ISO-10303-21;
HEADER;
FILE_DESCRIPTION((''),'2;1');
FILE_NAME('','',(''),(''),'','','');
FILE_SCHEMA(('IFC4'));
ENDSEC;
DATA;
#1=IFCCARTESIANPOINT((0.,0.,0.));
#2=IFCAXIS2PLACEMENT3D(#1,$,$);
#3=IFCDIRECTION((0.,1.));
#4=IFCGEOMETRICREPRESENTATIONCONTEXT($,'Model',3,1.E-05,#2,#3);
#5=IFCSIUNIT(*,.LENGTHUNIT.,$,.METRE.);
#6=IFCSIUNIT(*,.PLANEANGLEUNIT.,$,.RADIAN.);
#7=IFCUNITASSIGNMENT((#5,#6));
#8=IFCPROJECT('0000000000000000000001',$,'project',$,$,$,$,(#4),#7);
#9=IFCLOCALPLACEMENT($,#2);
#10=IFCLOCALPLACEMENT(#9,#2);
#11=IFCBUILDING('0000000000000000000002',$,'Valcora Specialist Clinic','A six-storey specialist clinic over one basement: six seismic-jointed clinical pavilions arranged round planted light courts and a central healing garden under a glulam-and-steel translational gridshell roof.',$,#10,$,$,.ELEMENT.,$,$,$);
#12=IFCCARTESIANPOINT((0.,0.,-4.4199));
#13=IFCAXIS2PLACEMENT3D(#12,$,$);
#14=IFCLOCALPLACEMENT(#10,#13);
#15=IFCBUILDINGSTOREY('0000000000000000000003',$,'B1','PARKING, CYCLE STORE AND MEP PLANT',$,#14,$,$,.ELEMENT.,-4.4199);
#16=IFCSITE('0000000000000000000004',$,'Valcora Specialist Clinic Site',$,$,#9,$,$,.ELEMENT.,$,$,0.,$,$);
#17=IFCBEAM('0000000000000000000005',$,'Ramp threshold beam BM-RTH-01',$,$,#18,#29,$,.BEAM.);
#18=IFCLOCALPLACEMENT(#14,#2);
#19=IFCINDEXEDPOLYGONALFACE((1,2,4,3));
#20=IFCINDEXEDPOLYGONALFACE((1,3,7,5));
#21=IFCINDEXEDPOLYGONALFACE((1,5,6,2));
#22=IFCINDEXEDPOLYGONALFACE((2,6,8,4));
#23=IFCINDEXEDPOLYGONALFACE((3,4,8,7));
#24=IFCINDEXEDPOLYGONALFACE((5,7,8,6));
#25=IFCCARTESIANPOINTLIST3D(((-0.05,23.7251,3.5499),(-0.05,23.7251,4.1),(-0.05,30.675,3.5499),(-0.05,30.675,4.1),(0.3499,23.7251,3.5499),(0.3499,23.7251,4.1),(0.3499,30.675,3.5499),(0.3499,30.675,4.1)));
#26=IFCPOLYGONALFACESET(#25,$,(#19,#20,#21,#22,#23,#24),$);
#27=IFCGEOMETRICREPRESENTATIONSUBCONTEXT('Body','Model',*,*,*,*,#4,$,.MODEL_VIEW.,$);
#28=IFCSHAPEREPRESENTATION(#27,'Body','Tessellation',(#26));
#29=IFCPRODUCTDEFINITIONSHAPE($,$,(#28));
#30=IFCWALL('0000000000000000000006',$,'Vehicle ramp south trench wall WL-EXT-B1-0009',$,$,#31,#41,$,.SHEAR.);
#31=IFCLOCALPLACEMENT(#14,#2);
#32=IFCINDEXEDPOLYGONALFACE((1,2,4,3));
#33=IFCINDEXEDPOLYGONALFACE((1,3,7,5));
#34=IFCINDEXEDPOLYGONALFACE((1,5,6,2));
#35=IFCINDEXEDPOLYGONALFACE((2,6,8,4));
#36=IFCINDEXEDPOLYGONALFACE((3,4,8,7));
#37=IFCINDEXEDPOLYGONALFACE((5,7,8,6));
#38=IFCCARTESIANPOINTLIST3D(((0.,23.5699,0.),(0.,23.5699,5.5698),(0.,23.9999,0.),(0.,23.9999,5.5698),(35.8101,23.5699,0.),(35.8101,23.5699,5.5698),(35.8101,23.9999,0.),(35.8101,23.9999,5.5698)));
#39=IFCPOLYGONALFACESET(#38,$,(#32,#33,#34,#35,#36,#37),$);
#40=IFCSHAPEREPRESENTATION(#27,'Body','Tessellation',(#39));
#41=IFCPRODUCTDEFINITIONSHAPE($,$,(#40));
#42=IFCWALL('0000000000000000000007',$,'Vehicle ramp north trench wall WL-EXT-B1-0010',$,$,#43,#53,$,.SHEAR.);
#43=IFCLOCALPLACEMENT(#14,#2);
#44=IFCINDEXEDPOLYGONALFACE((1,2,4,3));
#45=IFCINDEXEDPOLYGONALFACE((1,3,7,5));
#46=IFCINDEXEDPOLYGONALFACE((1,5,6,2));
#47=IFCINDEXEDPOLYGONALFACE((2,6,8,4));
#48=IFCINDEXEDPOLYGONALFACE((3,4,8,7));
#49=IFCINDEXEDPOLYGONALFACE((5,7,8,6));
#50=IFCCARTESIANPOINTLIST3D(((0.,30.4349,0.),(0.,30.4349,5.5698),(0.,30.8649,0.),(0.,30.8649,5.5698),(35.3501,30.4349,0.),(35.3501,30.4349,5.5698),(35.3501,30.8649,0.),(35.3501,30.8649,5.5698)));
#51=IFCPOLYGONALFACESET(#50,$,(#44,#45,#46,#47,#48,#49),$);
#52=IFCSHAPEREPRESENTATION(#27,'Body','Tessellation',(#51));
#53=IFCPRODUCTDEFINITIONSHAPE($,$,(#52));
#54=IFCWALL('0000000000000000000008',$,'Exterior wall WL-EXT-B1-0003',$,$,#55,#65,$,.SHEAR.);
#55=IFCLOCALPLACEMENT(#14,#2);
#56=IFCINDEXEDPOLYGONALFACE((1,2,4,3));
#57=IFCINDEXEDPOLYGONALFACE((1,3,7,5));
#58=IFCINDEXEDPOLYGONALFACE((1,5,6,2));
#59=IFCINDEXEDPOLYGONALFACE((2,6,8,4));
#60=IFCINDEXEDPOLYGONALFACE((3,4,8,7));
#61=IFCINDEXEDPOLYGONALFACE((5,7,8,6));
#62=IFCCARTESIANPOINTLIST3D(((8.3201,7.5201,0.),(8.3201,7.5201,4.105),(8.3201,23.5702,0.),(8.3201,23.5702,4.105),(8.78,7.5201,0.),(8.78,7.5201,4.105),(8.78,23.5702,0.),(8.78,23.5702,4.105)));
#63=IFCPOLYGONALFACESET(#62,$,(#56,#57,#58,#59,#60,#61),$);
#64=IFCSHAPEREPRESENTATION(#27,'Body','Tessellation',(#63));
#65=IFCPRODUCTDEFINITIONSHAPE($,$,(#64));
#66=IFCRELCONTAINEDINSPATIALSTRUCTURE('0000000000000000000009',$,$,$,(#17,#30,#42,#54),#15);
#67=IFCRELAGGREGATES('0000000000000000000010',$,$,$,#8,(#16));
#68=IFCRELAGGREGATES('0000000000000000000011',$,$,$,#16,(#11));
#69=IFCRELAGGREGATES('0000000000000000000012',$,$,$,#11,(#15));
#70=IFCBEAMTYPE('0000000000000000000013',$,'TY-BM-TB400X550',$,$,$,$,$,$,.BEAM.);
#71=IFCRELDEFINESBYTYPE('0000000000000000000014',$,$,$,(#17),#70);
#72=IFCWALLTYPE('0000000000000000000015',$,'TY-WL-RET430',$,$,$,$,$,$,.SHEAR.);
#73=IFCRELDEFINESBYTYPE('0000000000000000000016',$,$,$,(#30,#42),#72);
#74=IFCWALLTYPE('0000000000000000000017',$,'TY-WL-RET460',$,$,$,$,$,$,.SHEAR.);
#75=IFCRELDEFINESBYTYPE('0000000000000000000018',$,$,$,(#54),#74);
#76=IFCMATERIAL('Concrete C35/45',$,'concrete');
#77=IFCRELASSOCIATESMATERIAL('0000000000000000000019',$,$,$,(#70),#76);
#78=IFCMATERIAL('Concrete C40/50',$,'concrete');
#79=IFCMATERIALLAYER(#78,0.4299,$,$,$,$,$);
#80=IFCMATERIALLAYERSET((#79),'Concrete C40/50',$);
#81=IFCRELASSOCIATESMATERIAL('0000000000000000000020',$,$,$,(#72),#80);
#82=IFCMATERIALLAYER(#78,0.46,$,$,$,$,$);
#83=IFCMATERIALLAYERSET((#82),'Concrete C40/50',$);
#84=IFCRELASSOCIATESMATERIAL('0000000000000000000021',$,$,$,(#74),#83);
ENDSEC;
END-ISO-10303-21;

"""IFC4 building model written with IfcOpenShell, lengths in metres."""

from ifc_helpers import new_model, si_unit, direction, frame, frame_2d, origin, origin_2d, place, context, subcontext, project, spatial, rectangle, extrude, material, layer, layer_set, material_profile, profile_set, type_object, element, save


model = new_model("IFC4")

# Units and contexts
model_context = context("Model", 3, precision=1e-05, world=origin(), true_north=direction((0.0, 1.0)))
body_context = subcontext(model_context, "Body", "Model", "MODEL_VIEW")
ifc_project = project(units=[si_unit("LENGTHUNIT", "METRE"), si_unit("PLANEANGLEUNIT", "RADIAN")], contexts=[model_context])

# Site, building, storey
site_placement = place(None, origin())
site = spatial("IfcSite", under=ifc_project, at=site_placement, Name="Valcora Specialist Clinic Site", CompositionType="ELEMENT", RefElevation=0.0)
building_placement = place(site_placement, origin())
building = spatial("IfcBuilding", under=site, at=building_placement, Name="Valcora Specialist Clinic", Description="A six-storey specialist clinic over one basement: six seismic-jointed clinical pavilions arranged round planted light courts and a central healing garden under a glulam-and-steel translational gridshell roof.", CompositionType="ELEMENT")
storey_placement = place(building_placement, frame((0.0, 0.0, -4.4199)))
storey = spatial("IfcBuildingStorey", under=building, at=storey_placement, Name="B1", Description="PARKING, CYCLE STORE AND MEP PLANT", CompositionType="ELEMENT", Elevation=-4.4199)

# Shared definitions
ifc_material_1 = material(Name="Concrete C35/45", Category="concrete")

# Shared definitions
ifc_material_2 = material(Name="Concrete C40/50", Category="concrete")

# Beam
ifc_material_profile_1 = material_profile(ifc_material_1, rectangle(XDim=0.3999, YDim=0.55, at=origin_2d()), Name="RC-TB-400X550")
ifc_profile_set_1 = profile_set([ifc_material_profile_1], Name="Concrete C35/45")
beam_type = type_object("IfcBeamType", Name="TY-BM-TB400X550", PredefinedType="BEAM", material=ifc_profile_set_1)
beam_placement = place(storey_placement, frame((0.1499, 23.7251, 3.825), z_axis=(0.0, 1.0, 0.0), x_axis=(-1.0, 0.0, 0.0)))
element("IfcBeam", 1, at=beam_placement, inside=storey, type_object=beam_type, Name="Ramp threshold beam BM-RTH-01", PredefinedType="BEAM", context=body_context, shape_type="SweptSolid", body=[
    extrude(rectangle(XDim=0.3999, YDim=0.55, at=origin_2d()), origin(), (0.0, 0.0, 1.0), 6.95),
])

# Walls
ifc_layer_1 = layer(ifc_material_2, 0.4299)
ifc_layer_set_1 = layer_set([ifc_layer_1], Name="Concrete C40/50")
wall_type_1 = type_object("IfcWallType", Name="TY-WL-RET430", PredefinedType="SHEAR", material=ifc_layer_set_1)
wall_1_placement = place(storey_placement, frame((0.0, 23.7849, 0.0), z_axis=(0.0, 0.0, 1.0), x_axis=(1.0, 0.0, 0.0)))
element("IfcWall", 2, at=wall_1_placement, inside=storey, type_object=wall_type_1, Name="Vehicle ramp south trench wall WL-EXT-B1-0009", PredefinedType="SHEAR", context=body_context, shape_type="SweptSolid", body=[
    extrude(rectangle(XDim=35.8101, YDim=0.4299, at=frame_2d((17.905, 0.0))), origin(), (0.0, 0.0, 1.0), 5.5698),
])
wall_2_placement = place(storey_placement, frame((0.0, 30.6499, 0.0), z_axis=(0.0, 0.0, 1.0), x_axis=(1.0, 0.0, 0.0)))
element("IfcWall", 3, at=wall_2_placement, inside=storey, type_object=wall_type_1, Name="Vehicle ramp north trench wall WL-EXT-B1-0010", PredefinedType="SHEAR", context=body_context, shape_type="SweptSolid", body=[
    extrude(rectangle(XDim=35.3501, YDim=0.4299, at=frame_2d((17.675, 0.0))), origin(), (0.0, 0.0, 1.0), 5.5698),
])
ifc_layer_2 = layer(ifc_material_2, 0.46)
ifc_layer_set_2 = layer_set([ifc_layer_2], Name="Concrete C40/50")
wall_type_2 = type_object("IfcWallType", Name="TY-WL-RET460", PredefinedType="SHEAR", material=ifc_layer_set_2)
wall_3_placement = place(storey_placement, frame((8.55, 23.5701, 0.0), z_axis=(0.0, 0.0, 1.0), x_axis=(0.0, -1.0, 0.0)))
element("IfcWall", 4, at=wall_3_placement, inside=storey, type_object=wall_type_2, Name="Exterior wall WL-EXT-B1-0003", PredefinedType="SHEAR", context=body_context, shape_type="SweptSolid", body=[
    extrude(rectangle(XDim=16.05, YDim=0.46, at=frame_2d((8.0249, 0.0))), origin(), (0.0, 0.0, 1.0), 4.105),
])

save(model, "model.ifc")
